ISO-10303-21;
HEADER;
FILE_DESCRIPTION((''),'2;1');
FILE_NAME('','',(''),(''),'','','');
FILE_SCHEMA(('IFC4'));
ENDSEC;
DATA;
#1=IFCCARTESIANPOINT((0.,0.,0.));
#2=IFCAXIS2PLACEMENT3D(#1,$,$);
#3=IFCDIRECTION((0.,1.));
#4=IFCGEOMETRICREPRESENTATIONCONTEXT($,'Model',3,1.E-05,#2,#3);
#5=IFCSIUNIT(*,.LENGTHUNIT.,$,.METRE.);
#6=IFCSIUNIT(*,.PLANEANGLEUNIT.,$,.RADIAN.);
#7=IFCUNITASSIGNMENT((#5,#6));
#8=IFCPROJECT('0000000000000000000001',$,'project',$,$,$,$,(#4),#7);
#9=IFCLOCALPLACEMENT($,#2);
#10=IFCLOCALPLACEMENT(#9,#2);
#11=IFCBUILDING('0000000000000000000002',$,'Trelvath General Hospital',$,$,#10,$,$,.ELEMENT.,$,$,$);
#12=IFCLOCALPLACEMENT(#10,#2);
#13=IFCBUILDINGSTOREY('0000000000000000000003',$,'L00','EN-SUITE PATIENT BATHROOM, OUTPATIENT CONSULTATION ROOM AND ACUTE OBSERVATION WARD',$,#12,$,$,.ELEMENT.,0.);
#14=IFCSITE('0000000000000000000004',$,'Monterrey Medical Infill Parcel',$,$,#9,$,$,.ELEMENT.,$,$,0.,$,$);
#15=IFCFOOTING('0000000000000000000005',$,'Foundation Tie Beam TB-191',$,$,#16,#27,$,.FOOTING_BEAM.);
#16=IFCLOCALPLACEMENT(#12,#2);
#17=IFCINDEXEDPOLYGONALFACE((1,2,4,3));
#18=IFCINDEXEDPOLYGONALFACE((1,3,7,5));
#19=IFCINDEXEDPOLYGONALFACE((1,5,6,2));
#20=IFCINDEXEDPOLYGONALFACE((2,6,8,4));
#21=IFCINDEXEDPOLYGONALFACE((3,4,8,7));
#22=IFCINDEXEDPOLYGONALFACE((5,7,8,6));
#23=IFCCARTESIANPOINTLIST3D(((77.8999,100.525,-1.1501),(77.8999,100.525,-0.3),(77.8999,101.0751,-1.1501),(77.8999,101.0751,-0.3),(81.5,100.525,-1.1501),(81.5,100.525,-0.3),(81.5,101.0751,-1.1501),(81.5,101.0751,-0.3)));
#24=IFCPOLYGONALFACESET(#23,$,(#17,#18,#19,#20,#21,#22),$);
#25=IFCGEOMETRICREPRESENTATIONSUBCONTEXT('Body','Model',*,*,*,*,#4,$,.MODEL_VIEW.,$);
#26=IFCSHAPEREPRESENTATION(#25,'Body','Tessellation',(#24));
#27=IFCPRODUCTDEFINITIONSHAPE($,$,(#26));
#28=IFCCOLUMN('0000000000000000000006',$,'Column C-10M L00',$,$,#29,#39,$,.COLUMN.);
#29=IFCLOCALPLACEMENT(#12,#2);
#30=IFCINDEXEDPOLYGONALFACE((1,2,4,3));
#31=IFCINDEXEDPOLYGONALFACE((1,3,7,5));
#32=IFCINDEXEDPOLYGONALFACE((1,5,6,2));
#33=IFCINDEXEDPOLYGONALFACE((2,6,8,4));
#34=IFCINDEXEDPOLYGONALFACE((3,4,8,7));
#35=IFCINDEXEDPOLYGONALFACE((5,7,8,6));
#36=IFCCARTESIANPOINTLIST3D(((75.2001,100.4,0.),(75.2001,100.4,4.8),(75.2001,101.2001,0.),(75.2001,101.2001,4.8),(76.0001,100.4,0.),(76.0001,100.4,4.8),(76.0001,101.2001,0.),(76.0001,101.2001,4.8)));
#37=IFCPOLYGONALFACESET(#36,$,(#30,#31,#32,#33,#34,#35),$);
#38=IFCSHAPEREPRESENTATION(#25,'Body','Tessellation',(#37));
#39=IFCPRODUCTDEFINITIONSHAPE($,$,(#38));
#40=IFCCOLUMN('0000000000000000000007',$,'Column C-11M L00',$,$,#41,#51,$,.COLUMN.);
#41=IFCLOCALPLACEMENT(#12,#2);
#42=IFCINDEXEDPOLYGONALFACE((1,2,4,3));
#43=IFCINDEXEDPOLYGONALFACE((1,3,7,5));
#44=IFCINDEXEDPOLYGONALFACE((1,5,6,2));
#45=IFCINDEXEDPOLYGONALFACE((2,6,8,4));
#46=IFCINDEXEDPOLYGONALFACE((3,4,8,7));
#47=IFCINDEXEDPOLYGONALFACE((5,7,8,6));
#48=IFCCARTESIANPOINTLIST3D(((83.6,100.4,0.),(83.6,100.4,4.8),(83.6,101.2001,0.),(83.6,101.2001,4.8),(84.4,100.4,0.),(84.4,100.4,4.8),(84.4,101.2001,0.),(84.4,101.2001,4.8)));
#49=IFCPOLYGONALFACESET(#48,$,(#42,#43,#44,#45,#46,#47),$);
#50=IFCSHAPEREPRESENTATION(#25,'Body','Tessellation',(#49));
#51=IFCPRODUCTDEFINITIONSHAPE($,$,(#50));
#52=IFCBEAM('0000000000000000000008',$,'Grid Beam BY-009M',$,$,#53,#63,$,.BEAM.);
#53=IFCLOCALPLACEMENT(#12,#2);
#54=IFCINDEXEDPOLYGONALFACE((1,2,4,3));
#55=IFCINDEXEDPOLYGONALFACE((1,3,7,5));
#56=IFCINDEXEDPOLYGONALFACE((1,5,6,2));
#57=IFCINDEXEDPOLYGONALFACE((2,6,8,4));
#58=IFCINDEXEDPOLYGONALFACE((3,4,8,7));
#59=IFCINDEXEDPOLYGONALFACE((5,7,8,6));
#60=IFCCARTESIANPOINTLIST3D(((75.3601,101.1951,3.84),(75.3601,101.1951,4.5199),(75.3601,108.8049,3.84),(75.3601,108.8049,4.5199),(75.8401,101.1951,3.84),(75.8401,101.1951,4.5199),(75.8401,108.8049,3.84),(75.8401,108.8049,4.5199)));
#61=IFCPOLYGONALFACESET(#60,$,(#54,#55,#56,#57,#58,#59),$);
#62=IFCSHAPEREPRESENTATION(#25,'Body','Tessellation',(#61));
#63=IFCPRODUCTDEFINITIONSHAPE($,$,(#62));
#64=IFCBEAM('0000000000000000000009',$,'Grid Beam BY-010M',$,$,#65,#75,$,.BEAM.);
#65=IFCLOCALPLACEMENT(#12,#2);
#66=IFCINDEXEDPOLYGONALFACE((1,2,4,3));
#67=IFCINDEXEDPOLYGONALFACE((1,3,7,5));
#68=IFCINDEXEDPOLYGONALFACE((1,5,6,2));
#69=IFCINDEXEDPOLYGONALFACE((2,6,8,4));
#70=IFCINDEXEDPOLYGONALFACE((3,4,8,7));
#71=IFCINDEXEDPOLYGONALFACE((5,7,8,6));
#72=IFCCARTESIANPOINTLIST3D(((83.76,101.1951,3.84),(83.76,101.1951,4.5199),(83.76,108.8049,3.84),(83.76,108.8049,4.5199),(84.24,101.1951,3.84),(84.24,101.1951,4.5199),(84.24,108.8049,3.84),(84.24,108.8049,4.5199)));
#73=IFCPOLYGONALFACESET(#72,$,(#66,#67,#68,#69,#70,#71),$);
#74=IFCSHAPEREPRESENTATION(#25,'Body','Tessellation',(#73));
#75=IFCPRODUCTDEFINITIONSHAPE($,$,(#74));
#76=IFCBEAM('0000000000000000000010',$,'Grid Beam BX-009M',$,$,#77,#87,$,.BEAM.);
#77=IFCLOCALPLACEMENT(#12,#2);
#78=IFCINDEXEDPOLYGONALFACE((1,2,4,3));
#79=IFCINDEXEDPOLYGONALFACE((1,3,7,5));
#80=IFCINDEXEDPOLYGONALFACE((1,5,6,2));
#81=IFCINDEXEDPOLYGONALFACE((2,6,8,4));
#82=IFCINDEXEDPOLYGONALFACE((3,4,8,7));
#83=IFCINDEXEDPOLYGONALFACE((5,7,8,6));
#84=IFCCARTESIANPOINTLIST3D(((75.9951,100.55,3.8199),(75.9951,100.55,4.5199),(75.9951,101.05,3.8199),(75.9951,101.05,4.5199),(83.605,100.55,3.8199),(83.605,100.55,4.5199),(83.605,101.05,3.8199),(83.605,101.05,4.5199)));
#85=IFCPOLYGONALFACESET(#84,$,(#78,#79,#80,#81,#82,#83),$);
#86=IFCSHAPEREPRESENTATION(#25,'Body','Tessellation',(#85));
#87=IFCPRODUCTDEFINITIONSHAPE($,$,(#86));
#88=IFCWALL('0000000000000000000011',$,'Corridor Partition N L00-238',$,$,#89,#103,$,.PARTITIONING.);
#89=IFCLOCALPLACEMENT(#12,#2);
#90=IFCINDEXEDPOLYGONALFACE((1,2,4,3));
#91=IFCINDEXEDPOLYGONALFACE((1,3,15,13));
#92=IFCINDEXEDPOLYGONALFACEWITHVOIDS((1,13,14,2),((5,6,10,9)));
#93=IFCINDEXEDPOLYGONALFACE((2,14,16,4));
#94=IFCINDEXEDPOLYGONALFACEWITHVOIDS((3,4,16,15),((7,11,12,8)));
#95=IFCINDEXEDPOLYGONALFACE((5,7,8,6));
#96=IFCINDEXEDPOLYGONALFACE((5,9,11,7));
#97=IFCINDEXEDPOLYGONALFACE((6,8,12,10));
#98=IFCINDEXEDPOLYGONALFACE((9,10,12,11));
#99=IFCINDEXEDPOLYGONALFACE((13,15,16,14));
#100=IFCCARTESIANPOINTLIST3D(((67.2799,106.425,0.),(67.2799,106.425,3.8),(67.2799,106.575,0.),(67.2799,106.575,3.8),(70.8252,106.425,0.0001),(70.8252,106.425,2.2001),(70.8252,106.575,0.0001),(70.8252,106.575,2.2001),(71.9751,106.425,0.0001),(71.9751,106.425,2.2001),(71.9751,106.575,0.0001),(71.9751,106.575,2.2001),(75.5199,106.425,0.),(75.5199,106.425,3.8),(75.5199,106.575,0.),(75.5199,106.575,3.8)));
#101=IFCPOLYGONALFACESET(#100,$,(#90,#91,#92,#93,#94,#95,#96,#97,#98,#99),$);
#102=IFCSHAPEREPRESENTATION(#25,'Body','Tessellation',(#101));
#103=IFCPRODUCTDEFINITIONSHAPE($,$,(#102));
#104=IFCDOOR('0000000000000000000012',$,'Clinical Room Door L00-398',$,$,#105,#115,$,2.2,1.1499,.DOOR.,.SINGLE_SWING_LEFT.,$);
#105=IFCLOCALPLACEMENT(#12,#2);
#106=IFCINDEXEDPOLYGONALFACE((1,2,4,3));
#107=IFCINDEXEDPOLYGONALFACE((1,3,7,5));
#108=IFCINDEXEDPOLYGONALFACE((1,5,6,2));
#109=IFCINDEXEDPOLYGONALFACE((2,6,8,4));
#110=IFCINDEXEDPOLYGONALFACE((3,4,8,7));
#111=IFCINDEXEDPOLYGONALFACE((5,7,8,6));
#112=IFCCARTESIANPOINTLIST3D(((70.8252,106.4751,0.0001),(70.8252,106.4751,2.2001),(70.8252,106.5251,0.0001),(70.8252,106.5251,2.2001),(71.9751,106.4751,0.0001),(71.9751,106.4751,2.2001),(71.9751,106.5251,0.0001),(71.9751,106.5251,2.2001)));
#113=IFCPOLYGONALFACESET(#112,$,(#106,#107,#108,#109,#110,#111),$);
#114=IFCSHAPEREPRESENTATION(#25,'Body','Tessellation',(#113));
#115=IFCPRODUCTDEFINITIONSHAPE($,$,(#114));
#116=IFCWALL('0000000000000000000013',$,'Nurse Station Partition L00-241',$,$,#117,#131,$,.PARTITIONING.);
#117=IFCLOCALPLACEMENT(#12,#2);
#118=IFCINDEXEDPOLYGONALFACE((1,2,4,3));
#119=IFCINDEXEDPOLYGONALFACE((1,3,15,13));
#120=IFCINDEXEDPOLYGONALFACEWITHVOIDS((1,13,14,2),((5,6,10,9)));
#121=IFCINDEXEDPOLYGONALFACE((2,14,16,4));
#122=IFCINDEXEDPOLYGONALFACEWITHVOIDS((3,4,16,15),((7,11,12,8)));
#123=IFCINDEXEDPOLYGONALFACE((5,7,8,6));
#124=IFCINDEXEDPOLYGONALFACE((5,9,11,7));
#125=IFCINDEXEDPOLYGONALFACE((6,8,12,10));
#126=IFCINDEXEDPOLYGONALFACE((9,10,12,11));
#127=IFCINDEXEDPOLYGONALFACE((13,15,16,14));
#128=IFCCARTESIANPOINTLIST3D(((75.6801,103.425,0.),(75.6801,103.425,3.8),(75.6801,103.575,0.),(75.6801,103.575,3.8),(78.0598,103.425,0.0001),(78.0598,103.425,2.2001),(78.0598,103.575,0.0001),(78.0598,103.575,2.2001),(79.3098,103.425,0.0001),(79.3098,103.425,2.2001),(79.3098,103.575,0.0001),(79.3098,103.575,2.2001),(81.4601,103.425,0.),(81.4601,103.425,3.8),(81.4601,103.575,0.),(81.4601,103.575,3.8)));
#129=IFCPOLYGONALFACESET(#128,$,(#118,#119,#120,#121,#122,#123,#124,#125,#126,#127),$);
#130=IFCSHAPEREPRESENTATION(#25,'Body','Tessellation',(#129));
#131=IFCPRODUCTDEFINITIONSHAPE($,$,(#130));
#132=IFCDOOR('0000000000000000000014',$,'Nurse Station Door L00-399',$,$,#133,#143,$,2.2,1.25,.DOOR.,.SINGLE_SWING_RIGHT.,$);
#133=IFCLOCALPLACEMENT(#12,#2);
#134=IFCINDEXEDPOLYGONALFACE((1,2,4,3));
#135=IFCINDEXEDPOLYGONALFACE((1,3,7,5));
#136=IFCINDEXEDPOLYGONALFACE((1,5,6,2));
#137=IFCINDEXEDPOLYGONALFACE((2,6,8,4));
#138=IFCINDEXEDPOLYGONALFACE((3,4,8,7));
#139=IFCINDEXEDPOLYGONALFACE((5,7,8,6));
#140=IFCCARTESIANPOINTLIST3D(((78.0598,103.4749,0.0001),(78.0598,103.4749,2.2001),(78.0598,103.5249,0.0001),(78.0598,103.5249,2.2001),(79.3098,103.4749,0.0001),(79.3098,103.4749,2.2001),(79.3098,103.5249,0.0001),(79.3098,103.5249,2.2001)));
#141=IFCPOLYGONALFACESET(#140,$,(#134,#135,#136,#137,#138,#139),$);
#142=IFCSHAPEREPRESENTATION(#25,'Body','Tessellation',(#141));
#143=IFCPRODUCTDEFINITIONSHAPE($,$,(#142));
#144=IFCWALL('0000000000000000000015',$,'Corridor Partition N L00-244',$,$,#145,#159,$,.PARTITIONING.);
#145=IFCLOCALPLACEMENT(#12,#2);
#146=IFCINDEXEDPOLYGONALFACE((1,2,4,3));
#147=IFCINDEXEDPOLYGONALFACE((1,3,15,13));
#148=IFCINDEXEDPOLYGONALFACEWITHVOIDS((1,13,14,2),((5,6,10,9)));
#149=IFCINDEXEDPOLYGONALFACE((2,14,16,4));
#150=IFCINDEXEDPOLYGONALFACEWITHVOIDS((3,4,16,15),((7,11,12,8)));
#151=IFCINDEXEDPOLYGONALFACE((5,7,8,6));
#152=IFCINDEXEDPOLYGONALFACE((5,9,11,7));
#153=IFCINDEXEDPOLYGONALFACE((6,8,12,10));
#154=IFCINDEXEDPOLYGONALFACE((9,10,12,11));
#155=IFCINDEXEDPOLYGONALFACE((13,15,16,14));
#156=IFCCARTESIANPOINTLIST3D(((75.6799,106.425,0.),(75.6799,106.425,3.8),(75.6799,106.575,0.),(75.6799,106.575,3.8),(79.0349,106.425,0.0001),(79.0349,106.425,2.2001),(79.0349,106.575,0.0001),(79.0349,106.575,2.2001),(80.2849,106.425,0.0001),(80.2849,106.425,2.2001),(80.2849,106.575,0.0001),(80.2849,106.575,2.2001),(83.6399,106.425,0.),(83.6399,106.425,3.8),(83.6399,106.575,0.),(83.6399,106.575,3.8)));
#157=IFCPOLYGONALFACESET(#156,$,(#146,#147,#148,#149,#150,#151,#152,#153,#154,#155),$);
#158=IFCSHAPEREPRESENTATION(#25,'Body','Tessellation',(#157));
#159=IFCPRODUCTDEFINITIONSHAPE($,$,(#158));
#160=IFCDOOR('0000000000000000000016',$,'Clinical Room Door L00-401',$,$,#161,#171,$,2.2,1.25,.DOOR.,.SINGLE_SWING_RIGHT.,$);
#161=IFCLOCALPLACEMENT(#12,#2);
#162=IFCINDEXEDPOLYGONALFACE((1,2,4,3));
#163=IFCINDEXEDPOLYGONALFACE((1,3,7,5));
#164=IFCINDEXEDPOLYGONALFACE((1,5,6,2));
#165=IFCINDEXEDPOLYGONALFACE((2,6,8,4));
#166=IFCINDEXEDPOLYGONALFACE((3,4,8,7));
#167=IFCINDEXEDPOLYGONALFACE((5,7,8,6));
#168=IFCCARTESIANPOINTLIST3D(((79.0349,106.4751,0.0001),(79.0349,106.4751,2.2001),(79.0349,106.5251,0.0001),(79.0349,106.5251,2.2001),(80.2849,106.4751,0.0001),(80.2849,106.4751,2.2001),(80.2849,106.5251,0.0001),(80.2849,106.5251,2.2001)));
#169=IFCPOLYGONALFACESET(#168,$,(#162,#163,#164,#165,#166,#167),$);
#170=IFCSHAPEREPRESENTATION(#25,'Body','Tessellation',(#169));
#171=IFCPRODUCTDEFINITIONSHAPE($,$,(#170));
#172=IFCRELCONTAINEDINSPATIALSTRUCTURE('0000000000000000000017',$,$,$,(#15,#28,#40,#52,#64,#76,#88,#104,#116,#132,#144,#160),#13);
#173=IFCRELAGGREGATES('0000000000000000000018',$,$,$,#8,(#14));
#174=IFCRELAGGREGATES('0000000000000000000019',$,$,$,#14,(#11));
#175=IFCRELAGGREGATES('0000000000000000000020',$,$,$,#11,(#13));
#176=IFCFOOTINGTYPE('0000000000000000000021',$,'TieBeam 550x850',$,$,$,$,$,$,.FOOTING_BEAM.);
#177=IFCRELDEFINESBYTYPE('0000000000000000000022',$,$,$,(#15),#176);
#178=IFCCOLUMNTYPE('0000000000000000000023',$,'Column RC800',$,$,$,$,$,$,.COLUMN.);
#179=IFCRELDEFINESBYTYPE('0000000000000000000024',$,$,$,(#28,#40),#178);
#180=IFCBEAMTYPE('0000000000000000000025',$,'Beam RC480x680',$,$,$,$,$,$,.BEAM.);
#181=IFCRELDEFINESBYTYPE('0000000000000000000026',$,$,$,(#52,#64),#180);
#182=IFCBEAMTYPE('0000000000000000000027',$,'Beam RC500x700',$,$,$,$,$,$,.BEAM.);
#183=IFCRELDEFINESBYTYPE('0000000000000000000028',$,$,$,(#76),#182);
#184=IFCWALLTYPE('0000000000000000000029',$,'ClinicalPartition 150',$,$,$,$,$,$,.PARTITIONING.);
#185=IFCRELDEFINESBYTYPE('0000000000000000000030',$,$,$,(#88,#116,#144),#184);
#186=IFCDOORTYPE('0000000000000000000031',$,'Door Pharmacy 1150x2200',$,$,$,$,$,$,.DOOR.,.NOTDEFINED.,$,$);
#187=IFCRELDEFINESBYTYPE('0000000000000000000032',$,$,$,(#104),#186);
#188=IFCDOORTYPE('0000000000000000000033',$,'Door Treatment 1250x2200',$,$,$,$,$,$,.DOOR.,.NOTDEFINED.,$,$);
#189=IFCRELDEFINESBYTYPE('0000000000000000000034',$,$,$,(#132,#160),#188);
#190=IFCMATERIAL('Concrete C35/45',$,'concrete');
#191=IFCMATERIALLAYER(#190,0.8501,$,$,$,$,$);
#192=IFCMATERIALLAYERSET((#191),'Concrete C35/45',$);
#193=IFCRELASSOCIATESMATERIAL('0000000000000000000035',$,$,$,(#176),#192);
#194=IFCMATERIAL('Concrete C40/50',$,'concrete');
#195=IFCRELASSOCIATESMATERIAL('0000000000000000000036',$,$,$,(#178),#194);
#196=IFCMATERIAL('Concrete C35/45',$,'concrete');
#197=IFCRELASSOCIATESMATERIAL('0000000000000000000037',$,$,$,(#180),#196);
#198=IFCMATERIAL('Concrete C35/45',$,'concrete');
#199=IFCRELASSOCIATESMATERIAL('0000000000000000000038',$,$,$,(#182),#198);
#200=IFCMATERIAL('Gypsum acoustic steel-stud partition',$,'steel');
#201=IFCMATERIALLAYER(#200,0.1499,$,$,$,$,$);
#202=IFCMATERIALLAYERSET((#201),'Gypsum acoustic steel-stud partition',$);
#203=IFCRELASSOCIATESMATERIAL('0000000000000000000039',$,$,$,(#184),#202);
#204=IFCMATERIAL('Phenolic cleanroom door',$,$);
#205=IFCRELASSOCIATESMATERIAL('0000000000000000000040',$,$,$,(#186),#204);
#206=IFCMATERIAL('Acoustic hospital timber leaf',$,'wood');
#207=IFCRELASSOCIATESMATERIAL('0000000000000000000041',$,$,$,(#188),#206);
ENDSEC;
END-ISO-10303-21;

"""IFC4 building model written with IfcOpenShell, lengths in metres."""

from ifc_helpers import new_model, si_unit, direction, frame, frame_2d, origin, origin_2d, place, context, subcontext, project, spatial, rectangle, extrude, material, layer, layer_set, material_profile, profile_set, type_object, element, fill, save


model = new_model("IFC4")

# Units and contexts
model_context = context("Model", 3, precision=1e-05, world=origin(), true_north=direction((0.0, 1.0)))
body_context = subcontext(model_context, "Body", "Model", "MODEL_VIEW")
ifc_project = project(units=[si_unit("LENGTHUNIT", "METRE"), si_unit("PLANEANGLEUNIT", "RADIAN")], contexts=[model_context])

# Site, building, storey
site_placement = place(None, origin())
site = spatial("IfcSite", under=ifc_project, at=site_placement, Name="Monterrey Medical Infill Parcel", CompositionType="ELEMENT", RefElevation=0.0)
building_placement = place(site_placement, origin())
building = spatial("IfcBuilding", under=site, at=building_placement, Name="Trelvath General Hospital", CompositionType="ELEMENT")
storey_placement = place(building_placement, origin())
storey = spatial("IfcBuildingStorey", under=building, at=storey_placement, Name="L00", Description="EN-SUITE PATIENT BATHROOM, OUTPATIENT CONSULTATION ROOM AND ACUTE OBSERVATION WARD", CompositionType="ELEMENT", Elevation=0.0)

# Footing
ifc_material_1 = material(Name="Concrete C35/45", Category="concrete")
ifc_layer_1 = layer(ifc_material_1, 0.8501)
ifc_layer_set_1 = layer_set([ifc_layer_1], Name="Concrete C35/45")
footing_type_1 = type_object("IfcFootingType", Name="TieBeam 550x850", PredefinedType="FOOTING_BEAM", material=ifc_layer_set_1)
footing_1_placement = place(storey_placement, frame((79.7, 100.8, -1.1501), z_axis=(0.0, 0.0, 1.0), x_axis=(1.0, 0.0, 0.0)))
element("IfcFooting", 1, at=footing_1_placement, inside=storey, type_object=footing_type_1, Name="Foundation Tie Beam TB-191", PredefinedType="FOOTING_BEAM", context=body_context, shape_type="SweptSolid", body=[
    extrude(rectangle(XDim=3.6001, YDim=0.55, at=origin_2d()), origin(), (0.0, 0.0, 1.0), 0.8501),
])

# Columns
ifc_material_2 = material(Name="Concrete C40/50", Category="concrete")
ifc_material_profile_1 = material_profile(ifc_material_2, rectangle(XDim=0.8, YDim=0.8, at=origin_2d()), Name="RC800x800")
ifc_profile_set_1 = profile_set([ifc_material_profile_1], Name="Concrete C40/50")
column_type = type_object("IfcColumnType", Name="Column RC800", PredefinedType="COLUMN", material=ifc_profile_set_1)
for number, where, z_axis, x_axis, name in (
    (2, (75.6001, 100.8, 0.0), (0.0, 0.0, 1.0), (1.0, 0.0, 0.0), "Column C-10M L00"),
    (3, (84.0, 100.8, 0.0), (0.0, 0.0, 1.0), (1.0, 0.0, 0.0), "Column C-11M L00"),
):
    element("IfcColumn", number, at=place(storey_placement, frame(where, z_axis=z_axis, x_axis=x_axis)), inside=storey, type_object=column_type, Name=name, PredefinedType="COLUMN", context=body_context, shape_type="SweptSolid", body=[
        extrude(rectangle(XDim=0.8, YDim=0.8, at=origin_2d()), origin(), (0.0, 0.0, 1.0), 4.8),
    ])

# Beams
ifc_material_3 = material(Name="Concrete C35/45", Category="concrete")
ifc_material_profile_2 = material_profile(ifc_material_3, rectangle(XDim=0.48, YDim=0.6799, at=origin_2d()), Name="RCB480x680")
ifc_profile_set_2 = profile_set([ifc_material_profile_2], Name="Concrete C35/45")
beam_type_1 = type_object("IfcBeamType", Name="Beam RC480x680", PredefinedType="BEAM", material=ifc_profile_set_2)
for number, where, z_axis, x_axis, name in (
    (4, (75.6001, 101.1951, 4.1799), (0.0, 1.0, 0.0), (-1.0, 0.0, 0.0), "Grid Beam BY-009M"),
    (5, (84.0, 101.1951, 4.1799), (0.0, 1.0, 0.0), (-1.0, 0.0, 0.0), "Grid Beam BY-010M"),
):
    element("IfcBeam", number, at=place(storey_placement, frame(where, z_axis=z_axis, x_axis=x_axis)), inside=storey, type_object=beam_type_1, Name=name, PredefinedType="BEAM", context=body_context, shape_type="SweptSolid", body=[
        extrude(rectangle(XDim=0.48, YDim=0.6799, at=origin_2d()), origin(), (0.0, 0.0, 1.0), 7.6099),
    ])
ifc_material_4 = material(Name="Concrete C35/45", Category="concrete")
ifc_material_profile_3 = material_profile(ifc_material_4, rectangle(XDim=0.5, YDim=0.7, at=origin_2d()), Name="RCB500x700")
ifc_profile_set_3 = profile_set([ifc_material_profile_3], Name="Concrete C35/45")
beam_type_2 = type_object("IfcBeamType", Name="Beam RC500x700", PredefinedType="BEAM", material=ifc_profile_set_3)
beam_placement = place(storey_placement, frame((75.9951, 100.8, 4.1699), z_axis=(1.0, 0.0, 0.0), x_axis=(0.0, 1.0, 0.0)))
element("IfcBeam", 6, at=beam_placement, inside=storey, type_object=beam_type_2, Name="Grid Beam BX-009M", PredefinedType="BEAM", context=body_context, shape_type="SweptSolid", body=[
    extrude(rectangle(XDim=0.5, YDim=0.7, at=origin_2d()), origin(), (0.0, 0.0, 1.0), 7.6099),
])

# Walls, openings, doors
ifc_material_5 = material(Name="Gypsum acoustic steel-stud partition", Category="steel")
ifc_layer_2 = layer(ifc_material_5, 0.1499)
ifc_layer_set_2 = layer_set([ifc_layer_2], Name="Gypsum acoustic steel-stud partition")
wall_type_1 = type_object("IfcWallType", Name="ClinicalPartition 150", PredefinedType="PARTITIONING", material=ifc_layer_set_2)
wall_1_placement = place(storey_placement, frame((75.52, 106.5, 0.0), z_axis=(0.0, 0.0, 1.0), x_axis=(-1.0, 0.0, 0.0)))
wall_1 = element("IfcWall", 7, at=wall_1_placement, inside=storey, type_object=wall_type_1, Name="Corridor Partition N L00-238", PredefinedType="PARTITIONING", context=body_context, shape_type="SweptSolid", body=[
    extrude(rectangle(XDim=8.24, YDim=0.1499, at=frame_2d((4.1201, 0.0))), origin(), (0.0, 0.0, 1.0), 3.8),
])
opening_1_placement = place(wall_1_placement, frame((3.5449, 0.0, 0.0)))
opening_1 = element("IfcOpeningElement", 8, at=opening_1_placement, cuts=wall_1, PredefinedType="OPENING", context=body_context, shape_type="SweptSolid", body=[
    extrude(rectangle(XDim=1.1499, YDim=2.2, at=frame_2d((0.575, 1.1001))), frame((0.0, 0.085, 0.0), z_axis=(0.0, -1.0, 0.0), x_axis=(1.0, 0.0, 0.0)), (0.0, 0.0, 1.0), 0.1699),
])
ifc_material_6 = material(Name="Phenolic cleanroom door")
door_type_1 = type_object("IfcDoorType", Name="Door Pharmacy 1150x2200", OperationType="NOTDEFINED", PredefinedType="DOOR", material=ifc_material_6)
door_1_placement = place(opening_1_placement, origin())
door_1 = element("IfcDoor", 9, at=door_1_placement, inside=storey, type_object=door_type_1, Name="Clinical Room Door L00-398", OperationType="SINGLE_SWING_LEFT", OverallHeight=2.2, OverallWidth=1.1499, PredefinedType="DOOR", context=body_context, shape_type="SweptSolid", body=[
    extrude(rectangle(XDim=1.1499, YDim=2.2, at=frame_2d((0.575, 1.1001))), frame((0.0, 0.0249, 0.0), z_axis=(0.0, -1.0, 0.0), x_axis=(1.0, 0.0, 0.0)), (0.0, 0.0, 1.0), 0.05),
])
fill(opening_1, door_1)
wall_2_placement = place(storey_placement, frame((75.6799, 103.5, 0.0), z_axis=(0.0, 0.0, 1.0), x_axis=(1.0, 0.0, 0.0)))
wall_2 = element("IfcWall", 10, at=wall_2_placement, inside=storey, type_object=wall_type_1, Name="Nurse Station Partition L00-241", PredefinedType="PARTITIONING", context=body_context, shape_type="SweptSolid", body=[
    extrude(rectangle(XDim=5.78, YDim=0.1499, at=frame_2d((2.8901, 0.0))), origin(), (0.0, 0.0, 1.0), 3.8),
])
opening_2_placement = place(wall_2_placement, frame((2.3799, 0.0, 0.0)))
opening_2 = element("IfcOpeningElement", 11, at=opening_2_placement, cuts=wall_2, PredefinedType="OPENING", context=body_context, shape_type="SweptSolid", body=[
    extrude(rectangle(XDim=1.25, YDim=2.2, at=frame_2d((0.625, 1.1001))), frame((0.0, 0.085, 0.0), z_axis=(0.0, -1.0, 0.0), x_axis=(1.0, 0.0, 0.0)), (0.0, 0.0, 1.0), 0.1699),
])
ifc_material_7 = material(Name="Acoustic hospital timber leaf", Category="wood")
door_type_2 = type_object("IfcDoorType", Name="Door Treatment 1250x2200", OperationType="NOTDEFINED", PredefinedType="DOOR", material=ifc_material_7)
door_2_placement = place(opening_2_placement, origin())
door_2 = element("IfcDoor", 12, at=door_2_placement, inside=storey, type_object=door_type_2, Name="Nurse Station Door L00-399", OperationType="SINGLE_SWING_RIGHT", OverallHeight=2.2, OverallWidth=1.25, PredefinedType="DOOR", context=body_context, shape_type="SweptSolid", body=[
    extrude(rectangle(XDim=1.25, YDim=2.2, at=frame_2d((0.625, 1.1001))), frame((0.0, 0.0249, 0.0), z_axis=(0.0, -1.0, 0.0), x_axis=(1.0, 0.0, 0.0)), (0.0, 0.0, 1.0), 0.05),
])
fill(opening_2, door_2)
wall_3_placement = place(storey_placement, frame((83.6399, 106.5, 0.0), z_axis=(0.0, 0.0, 1.0), x_axis=(-1.0, 0.0, 0.0)))
wall_3 = element("IfcWall", 13, at=wall_3_placement, inside=storey, type_object=wall_type_1, Name="Corridor Partition N L00-244", PredefinedType="PARTITIONING", context=body_context, shape_type="SweptSolid", body=[
    extrude(rectangle(XDim=7.96, YDim=0.1499, at=frame_2d((3.98, 0.0))), origin(), (0.0, 0.0, 1.0), 3.8),
])
opening_3_placement = place(wall_3_placement, frame((3.355, 0.0, 0.0)))
opening_3 = element("IfcOpeningElement", 14, at=opening_3_placement, cuts=wall_3, PredefinedType="OPENING", context=body_context, shape_type="SweptSolid", body=[
    extrude(rectangle(XDim=1.25, YDim=2.2, at=frame_2d((0.625, 1.1001))), frame((0.0, 0.085, 0.0), z_axis=(0.0, -1.0, 0.0), x_axis=(1.0, 0.0, 0.0)), (0.0, 0.0, 1.0), 0.1699),
])
door_3_placement = place(opening_3_placement, origin())
door_3 = element("IfcDoor", 15, at=door_3_placement, inside=storey, type_object=door_type_2, Name="Clinical Room Door L00-401", OperationType="SINGLE_SWING_RIGHT", OverallHeight=2.2, OverallWidth=1.25, PredefinedType="DOOR", context=body_context, shape_type="SweptSolid", body=[
    extrude(rectangle(XDim=1.25, YDim=2.2, at=frame_2d((0.625, 1.1001))), frame((0.0, 0.0249, 0.0), z_axis=(0.0, -1.0, 0.0), x_axis=(1.0, 0.0, 0.0)), (0.0, 0.0, 1.0), 0.05),
])
fill(opening_3, door_3)

save(model, "model.ifc")
